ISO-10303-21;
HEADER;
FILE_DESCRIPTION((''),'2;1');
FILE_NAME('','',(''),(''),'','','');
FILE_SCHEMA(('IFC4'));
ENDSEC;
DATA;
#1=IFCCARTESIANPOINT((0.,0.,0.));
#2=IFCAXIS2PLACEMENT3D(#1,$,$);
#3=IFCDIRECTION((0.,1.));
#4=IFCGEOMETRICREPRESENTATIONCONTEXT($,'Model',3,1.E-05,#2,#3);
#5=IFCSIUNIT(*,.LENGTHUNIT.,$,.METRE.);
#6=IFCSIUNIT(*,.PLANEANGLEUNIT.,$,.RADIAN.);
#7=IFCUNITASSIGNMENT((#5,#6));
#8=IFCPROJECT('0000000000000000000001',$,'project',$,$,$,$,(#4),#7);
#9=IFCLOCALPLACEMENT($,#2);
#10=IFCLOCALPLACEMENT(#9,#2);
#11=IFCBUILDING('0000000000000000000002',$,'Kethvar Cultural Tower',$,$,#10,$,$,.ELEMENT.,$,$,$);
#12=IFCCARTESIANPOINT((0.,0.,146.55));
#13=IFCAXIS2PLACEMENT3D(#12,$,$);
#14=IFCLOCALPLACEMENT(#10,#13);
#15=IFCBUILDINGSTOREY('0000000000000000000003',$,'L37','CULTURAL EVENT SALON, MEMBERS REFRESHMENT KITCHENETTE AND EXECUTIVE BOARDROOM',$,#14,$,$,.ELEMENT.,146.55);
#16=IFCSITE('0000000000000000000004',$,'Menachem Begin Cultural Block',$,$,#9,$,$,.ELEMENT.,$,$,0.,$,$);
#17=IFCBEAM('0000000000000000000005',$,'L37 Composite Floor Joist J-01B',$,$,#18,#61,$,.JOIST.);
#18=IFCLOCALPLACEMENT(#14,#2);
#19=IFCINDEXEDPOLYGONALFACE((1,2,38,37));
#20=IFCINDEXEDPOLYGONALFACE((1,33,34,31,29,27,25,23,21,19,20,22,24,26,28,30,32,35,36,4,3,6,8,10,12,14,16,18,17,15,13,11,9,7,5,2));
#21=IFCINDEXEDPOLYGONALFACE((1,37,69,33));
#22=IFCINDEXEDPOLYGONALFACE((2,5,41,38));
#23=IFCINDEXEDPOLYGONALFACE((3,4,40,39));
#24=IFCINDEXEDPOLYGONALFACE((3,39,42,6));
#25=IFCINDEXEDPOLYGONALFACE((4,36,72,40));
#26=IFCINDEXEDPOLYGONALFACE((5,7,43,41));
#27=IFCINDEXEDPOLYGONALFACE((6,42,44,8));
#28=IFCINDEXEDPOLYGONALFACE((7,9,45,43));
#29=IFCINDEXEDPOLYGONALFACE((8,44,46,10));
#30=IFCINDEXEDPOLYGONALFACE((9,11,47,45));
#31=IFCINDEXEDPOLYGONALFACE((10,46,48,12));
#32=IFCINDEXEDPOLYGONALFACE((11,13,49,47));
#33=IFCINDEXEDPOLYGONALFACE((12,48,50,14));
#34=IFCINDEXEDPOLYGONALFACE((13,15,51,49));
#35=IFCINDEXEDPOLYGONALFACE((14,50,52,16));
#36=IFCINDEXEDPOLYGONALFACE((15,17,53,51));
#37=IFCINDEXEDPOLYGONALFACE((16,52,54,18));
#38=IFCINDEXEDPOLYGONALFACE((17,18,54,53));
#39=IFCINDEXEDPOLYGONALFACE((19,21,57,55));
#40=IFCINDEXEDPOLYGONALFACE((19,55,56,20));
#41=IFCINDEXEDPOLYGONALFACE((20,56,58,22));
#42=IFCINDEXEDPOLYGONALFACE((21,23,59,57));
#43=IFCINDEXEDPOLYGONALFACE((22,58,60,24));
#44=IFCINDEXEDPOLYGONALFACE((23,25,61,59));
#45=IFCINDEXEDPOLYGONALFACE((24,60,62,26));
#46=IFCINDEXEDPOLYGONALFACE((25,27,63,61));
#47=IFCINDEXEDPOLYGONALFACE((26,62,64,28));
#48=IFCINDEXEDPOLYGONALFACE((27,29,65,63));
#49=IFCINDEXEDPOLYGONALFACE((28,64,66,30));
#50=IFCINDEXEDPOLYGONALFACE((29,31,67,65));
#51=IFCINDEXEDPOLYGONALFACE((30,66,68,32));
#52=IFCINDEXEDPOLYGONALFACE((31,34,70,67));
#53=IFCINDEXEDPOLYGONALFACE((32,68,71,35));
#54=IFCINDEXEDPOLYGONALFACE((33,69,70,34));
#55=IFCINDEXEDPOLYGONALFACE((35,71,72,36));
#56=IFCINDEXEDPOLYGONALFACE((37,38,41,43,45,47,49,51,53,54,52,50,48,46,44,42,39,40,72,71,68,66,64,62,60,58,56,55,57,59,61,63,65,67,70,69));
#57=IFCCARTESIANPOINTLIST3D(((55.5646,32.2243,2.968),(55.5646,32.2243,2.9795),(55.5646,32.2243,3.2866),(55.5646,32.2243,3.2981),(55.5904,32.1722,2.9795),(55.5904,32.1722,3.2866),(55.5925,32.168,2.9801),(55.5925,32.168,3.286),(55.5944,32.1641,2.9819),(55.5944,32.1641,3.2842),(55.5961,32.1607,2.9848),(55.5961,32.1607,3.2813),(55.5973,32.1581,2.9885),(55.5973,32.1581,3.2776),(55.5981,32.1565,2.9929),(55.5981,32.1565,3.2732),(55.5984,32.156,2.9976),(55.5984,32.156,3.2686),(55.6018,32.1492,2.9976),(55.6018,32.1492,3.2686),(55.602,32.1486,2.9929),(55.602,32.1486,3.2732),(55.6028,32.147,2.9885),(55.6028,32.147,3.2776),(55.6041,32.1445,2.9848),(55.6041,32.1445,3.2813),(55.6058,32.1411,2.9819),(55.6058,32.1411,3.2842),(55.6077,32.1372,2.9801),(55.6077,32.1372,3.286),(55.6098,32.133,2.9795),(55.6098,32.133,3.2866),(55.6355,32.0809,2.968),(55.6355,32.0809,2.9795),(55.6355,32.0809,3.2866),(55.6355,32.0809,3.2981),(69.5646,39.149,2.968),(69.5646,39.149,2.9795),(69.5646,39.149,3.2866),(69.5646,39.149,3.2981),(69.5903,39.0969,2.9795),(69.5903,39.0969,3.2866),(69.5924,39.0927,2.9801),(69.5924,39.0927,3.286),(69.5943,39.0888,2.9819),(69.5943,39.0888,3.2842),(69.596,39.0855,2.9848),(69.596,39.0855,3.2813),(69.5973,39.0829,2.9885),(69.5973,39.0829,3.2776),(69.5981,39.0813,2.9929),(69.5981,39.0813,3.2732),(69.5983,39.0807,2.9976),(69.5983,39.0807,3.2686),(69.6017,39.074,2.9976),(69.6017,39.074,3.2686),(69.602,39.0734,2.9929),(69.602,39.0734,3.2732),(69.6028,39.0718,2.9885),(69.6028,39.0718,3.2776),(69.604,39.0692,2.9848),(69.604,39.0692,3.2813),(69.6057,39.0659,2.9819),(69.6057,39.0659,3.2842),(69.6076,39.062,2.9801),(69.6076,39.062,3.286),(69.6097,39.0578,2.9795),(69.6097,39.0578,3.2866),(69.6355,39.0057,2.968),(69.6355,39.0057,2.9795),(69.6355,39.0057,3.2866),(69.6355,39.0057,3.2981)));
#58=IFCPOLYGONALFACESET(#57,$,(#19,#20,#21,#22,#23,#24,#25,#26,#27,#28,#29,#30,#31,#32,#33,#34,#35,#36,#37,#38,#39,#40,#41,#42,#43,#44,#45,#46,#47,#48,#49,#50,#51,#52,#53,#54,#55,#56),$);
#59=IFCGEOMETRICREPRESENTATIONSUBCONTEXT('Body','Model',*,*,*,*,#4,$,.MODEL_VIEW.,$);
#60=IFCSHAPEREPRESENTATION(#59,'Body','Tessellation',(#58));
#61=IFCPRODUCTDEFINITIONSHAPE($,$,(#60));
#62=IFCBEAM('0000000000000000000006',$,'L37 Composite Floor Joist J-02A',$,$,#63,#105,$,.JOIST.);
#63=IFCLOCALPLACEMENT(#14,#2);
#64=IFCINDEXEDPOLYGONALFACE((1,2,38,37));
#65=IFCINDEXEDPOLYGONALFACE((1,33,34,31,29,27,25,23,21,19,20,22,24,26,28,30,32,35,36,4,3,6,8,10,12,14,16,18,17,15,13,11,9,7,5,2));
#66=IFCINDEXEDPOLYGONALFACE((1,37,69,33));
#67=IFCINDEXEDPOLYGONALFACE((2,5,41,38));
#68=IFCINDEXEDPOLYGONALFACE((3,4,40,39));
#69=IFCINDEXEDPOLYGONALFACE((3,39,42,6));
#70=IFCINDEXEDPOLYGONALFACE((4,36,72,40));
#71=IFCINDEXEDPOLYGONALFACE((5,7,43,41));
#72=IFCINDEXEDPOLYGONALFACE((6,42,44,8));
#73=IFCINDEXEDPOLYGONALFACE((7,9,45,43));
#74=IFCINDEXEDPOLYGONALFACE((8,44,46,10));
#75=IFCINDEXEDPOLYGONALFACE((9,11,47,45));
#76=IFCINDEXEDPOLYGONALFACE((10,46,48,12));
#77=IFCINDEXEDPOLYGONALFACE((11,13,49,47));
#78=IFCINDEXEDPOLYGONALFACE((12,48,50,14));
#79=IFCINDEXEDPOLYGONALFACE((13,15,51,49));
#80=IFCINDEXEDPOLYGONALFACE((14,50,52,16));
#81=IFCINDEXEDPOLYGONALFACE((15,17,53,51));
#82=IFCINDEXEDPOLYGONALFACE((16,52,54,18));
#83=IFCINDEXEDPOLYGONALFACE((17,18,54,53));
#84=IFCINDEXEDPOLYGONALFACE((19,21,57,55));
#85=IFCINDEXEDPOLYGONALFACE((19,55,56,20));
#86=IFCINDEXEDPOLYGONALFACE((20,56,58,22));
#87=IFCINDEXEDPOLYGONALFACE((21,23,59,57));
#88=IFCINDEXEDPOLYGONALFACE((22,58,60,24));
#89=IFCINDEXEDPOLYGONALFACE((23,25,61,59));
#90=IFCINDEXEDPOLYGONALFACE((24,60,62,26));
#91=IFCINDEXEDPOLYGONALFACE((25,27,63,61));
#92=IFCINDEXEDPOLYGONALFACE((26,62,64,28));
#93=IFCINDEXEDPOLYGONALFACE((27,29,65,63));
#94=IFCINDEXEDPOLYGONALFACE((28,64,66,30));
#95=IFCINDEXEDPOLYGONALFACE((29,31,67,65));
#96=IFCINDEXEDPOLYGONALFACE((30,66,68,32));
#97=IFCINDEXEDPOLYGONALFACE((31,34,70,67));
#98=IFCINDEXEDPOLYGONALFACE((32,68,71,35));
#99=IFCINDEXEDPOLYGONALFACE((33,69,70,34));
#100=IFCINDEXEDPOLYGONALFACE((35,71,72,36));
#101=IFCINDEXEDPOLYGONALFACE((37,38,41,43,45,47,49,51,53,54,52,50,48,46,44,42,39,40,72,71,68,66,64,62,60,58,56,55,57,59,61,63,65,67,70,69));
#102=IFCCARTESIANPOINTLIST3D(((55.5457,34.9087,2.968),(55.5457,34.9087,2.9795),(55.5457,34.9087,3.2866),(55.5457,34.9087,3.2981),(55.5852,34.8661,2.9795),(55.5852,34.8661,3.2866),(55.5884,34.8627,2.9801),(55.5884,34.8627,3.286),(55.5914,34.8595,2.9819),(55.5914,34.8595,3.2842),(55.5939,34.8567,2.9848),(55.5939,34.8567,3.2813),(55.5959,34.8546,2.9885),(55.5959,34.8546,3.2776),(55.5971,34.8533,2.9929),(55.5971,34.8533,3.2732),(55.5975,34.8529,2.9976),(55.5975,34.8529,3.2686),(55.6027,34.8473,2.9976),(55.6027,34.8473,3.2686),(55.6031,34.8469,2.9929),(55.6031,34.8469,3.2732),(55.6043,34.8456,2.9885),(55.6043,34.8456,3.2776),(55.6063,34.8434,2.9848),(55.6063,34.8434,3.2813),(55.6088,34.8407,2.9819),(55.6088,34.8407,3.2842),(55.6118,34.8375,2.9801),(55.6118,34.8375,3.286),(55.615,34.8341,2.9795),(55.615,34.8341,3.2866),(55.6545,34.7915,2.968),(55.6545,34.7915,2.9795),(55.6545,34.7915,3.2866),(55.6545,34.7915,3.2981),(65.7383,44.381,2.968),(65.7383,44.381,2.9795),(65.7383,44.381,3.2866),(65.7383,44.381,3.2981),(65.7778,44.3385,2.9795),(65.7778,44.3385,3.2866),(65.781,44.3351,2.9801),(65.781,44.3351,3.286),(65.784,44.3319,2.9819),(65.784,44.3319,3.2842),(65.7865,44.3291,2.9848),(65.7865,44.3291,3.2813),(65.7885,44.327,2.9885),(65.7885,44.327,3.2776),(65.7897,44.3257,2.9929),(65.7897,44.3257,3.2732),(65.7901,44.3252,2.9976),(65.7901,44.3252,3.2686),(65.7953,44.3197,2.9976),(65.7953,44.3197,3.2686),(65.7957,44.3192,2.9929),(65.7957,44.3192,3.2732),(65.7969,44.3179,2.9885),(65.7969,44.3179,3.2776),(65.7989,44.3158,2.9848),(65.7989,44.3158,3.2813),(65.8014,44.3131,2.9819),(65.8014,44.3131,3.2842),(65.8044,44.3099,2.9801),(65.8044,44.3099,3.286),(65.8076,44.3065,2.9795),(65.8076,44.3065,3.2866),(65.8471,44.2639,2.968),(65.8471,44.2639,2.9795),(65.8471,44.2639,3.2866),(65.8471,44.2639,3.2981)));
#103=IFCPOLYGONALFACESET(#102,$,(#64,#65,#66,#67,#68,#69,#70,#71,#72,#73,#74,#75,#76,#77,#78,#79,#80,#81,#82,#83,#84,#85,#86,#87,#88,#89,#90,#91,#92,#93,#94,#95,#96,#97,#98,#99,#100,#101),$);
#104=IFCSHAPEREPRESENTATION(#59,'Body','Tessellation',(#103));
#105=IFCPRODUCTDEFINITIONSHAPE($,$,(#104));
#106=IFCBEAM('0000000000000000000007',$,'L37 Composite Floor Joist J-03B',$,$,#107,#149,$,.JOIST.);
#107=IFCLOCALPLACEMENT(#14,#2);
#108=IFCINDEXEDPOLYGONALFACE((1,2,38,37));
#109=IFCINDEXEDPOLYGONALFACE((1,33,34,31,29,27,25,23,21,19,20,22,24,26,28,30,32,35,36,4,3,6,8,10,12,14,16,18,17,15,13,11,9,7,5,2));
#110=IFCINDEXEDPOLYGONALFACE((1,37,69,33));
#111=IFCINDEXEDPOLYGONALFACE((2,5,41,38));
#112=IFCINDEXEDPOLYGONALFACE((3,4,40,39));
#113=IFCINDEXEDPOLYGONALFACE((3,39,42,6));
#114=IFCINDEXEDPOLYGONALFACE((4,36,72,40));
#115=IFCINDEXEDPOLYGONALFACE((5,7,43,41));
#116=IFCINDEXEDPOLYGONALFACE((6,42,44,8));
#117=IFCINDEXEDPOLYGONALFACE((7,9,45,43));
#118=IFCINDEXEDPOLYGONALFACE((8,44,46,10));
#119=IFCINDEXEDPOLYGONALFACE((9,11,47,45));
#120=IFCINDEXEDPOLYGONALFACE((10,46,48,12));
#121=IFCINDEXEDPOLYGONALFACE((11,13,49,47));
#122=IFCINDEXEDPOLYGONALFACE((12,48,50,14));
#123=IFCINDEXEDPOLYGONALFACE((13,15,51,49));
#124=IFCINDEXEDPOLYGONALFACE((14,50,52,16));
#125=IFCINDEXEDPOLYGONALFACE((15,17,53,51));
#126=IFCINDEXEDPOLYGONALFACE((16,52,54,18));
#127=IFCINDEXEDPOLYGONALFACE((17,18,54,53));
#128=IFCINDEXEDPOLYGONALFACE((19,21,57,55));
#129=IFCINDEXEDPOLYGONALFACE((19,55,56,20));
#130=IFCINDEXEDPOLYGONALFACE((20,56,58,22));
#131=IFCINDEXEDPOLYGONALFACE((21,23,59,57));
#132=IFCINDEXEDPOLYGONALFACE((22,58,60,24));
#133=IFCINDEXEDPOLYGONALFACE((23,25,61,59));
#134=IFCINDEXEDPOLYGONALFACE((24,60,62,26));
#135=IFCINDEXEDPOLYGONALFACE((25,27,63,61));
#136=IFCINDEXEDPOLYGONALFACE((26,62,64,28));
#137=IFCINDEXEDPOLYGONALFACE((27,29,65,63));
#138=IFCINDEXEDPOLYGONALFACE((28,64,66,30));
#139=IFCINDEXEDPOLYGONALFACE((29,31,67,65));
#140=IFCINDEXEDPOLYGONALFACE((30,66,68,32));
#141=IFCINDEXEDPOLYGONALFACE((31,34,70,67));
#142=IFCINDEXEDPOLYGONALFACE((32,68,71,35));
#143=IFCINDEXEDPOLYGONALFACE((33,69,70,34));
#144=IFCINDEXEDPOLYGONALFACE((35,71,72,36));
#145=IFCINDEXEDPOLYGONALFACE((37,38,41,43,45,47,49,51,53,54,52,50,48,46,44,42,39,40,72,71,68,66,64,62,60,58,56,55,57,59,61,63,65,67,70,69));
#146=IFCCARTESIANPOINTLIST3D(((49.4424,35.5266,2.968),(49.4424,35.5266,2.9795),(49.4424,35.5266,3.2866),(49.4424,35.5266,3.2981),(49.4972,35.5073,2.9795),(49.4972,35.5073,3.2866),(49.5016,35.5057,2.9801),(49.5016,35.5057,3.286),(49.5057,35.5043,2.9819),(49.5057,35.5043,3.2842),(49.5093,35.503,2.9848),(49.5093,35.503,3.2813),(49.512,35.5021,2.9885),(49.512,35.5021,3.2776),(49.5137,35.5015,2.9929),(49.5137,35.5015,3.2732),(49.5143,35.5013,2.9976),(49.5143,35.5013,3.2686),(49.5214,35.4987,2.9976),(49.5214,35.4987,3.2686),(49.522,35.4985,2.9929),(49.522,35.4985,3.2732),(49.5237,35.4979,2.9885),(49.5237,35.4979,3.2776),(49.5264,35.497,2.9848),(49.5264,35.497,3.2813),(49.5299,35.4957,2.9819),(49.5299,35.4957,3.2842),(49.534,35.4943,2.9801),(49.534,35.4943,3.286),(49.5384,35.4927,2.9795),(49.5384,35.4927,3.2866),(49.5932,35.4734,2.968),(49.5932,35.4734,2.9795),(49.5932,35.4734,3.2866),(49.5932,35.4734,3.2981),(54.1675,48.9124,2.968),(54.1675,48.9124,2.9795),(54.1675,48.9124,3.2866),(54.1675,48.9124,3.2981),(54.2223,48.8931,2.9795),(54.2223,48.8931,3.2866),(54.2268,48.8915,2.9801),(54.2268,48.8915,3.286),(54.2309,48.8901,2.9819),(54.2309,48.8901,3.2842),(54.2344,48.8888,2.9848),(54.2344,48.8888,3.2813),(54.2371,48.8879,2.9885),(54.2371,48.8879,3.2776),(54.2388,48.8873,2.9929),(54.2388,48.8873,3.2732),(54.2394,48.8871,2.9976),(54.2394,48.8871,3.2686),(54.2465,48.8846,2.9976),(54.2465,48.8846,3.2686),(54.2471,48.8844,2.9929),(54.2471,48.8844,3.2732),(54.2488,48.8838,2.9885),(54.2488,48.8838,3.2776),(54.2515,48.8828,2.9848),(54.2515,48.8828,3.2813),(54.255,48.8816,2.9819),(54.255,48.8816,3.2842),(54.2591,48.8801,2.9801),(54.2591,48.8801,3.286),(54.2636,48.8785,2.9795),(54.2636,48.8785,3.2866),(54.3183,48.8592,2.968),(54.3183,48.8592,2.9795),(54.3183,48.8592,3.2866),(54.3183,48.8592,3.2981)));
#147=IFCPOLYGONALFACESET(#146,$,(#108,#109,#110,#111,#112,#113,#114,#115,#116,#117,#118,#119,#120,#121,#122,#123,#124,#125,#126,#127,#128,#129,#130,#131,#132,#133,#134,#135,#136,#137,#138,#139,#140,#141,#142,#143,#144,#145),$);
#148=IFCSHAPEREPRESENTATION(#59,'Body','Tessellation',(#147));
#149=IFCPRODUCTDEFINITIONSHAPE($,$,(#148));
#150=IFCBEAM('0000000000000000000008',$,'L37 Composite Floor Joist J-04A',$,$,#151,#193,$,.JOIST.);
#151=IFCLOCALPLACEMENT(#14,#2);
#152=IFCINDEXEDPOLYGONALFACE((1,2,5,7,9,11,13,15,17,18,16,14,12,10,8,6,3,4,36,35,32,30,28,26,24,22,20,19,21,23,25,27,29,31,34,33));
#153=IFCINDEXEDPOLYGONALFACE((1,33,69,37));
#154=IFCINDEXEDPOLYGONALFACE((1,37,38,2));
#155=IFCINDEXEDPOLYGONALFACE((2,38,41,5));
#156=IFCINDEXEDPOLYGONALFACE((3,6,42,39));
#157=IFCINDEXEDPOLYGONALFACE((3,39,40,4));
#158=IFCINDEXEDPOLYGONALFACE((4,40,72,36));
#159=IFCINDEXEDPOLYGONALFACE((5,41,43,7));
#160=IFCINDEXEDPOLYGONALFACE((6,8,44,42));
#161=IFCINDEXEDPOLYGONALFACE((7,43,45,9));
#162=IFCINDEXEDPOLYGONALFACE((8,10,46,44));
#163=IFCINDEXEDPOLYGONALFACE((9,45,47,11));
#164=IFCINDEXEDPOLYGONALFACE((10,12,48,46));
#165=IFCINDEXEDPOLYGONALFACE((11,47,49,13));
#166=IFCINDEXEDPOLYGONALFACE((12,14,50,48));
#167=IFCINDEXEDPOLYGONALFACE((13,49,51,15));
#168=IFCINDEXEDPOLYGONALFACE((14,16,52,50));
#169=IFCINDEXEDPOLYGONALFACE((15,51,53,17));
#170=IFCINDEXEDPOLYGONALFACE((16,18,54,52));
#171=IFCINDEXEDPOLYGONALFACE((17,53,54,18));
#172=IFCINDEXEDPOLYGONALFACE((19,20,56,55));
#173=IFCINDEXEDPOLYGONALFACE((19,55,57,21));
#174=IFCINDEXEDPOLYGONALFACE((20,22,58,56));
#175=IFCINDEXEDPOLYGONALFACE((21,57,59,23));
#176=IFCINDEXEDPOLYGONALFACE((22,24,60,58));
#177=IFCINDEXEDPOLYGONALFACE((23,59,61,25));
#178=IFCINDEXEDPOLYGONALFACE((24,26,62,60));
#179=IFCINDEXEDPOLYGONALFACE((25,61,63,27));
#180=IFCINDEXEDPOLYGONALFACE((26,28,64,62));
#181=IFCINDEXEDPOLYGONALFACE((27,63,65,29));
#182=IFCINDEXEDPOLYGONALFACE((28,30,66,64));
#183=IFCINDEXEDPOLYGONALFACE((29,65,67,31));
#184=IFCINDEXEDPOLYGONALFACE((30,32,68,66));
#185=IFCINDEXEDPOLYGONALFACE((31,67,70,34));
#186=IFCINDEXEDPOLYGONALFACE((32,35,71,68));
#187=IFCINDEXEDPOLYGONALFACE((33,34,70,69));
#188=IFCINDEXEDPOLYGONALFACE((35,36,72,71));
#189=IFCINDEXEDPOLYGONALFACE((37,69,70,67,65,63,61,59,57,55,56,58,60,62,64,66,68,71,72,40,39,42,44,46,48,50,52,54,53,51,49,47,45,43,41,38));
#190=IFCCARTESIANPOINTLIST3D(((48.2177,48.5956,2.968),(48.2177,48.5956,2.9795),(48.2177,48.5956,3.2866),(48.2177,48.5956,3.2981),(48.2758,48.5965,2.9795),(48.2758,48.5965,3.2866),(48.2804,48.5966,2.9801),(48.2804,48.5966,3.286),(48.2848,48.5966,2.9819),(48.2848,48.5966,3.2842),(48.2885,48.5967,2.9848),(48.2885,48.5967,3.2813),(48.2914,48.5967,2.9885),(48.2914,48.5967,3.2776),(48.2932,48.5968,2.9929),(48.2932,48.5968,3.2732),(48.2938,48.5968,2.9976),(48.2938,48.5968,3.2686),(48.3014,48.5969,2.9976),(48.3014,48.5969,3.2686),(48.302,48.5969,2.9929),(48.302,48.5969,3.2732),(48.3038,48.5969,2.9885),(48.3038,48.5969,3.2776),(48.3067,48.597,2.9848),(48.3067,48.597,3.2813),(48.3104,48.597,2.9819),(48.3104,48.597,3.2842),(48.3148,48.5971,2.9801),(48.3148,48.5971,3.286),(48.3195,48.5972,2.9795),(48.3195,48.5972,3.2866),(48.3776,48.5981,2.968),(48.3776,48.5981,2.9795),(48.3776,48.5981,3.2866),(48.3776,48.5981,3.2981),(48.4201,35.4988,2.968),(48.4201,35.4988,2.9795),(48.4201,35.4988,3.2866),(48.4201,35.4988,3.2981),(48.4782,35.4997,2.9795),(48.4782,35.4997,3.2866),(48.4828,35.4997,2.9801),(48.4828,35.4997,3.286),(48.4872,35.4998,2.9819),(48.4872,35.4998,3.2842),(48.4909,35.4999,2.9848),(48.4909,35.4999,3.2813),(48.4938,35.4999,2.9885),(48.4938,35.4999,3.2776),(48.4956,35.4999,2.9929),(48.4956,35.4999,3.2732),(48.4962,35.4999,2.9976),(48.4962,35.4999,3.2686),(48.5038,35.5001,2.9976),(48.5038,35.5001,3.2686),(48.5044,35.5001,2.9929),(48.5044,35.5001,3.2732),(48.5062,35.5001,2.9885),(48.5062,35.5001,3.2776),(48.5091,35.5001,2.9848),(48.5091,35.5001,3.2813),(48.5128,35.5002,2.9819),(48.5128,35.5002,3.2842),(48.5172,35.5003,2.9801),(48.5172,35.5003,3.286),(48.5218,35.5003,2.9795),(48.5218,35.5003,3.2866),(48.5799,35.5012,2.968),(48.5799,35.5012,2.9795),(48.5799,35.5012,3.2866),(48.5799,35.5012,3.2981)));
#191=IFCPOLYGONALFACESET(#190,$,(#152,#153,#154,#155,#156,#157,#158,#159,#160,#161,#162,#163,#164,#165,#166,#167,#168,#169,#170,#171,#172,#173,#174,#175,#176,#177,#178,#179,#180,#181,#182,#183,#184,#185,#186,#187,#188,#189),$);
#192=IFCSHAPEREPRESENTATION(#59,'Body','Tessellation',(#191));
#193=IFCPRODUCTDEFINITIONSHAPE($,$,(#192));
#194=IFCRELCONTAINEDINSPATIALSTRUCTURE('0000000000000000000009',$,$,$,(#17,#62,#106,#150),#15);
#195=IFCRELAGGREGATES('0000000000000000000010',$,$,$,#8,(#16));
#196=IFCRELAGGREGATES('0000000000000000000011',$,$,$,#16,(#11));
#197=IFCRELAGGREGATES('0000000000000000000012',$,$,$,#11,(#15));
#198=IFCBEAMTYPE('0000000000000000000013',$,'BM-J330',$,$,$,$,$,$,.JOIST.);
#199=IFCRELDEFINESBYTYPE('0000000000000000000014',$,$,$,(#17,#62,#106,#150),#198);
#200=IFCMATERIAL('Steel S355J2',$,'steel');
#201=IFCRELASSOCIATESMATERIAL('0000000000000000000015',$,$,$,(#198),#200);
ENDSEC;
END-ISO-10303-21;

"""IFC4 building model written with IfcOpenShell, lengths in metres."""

from ifc_helpers import new_model, si_unit, direction, frame, origin, origin_2d, place, context, subcontext, project, spatial, i_section, extrude, source, transform, mapped, material, material_profile, profile_set, type_object, element, save


model = new_model("IFC4")

# Units and contexts
model_context = context("Model", 3, precision=1e-05, world=origin(), true_north=direction((0.0, 1.0)))
body_context = subcontext(model_context, "Body", "Model", "MODEL_VIEW")
ifc_project = project(units=[si_unit("LENGTHUNIT", "METRE"), si_unit("PLANEANGLEUNIT", "RADIAN")], contexts=[model_context])

# Site, building, storey
site_placement = place(None, origin())
site = spatial("IfcSite", under=ifc_project, at=site_placement, Name="Menachem Begin Cultural Block", CompositionType="ELEMENT", RefElevation=0.0)
building_placement = place(site_placement, origin())
building = spatial("IfcBuilding", under=site, at=building_placement, Name="Kethvar Cultural Tower", CompositionType="ELEMENT")
storey_placement = place(building_placement, frame((0.0, 0.0, 146.55)))
storey = spatial("IfcBuildingStorey", under=building, at=storey_placement, Name="L37", Description="CULTURAL EVENT SALON, MEMBERS REFRESHMENT KITCHENETTE AND EXECUTIVE BOARDROOM", CompositionType="ELEMENT", Elevation=146.55)

# Beams
ifc_material_1 = material(Name="Steel S355J2", Category="steel")
ifc_material_profile_1 = material_profile(ifc_material_1, i_section(OverallWidth=0.1599, OverallDepth=0.3301, WebThickness=0.0076, FlangeThickness=0.0115, FilletRadius=0.0181, at=origin_2d()), Name="Steel S355J2 — IPE330")
ifc_profile_set_1 = profile_set([ifc_material_profile_1], Name="Steel S355J2 — IPE330")
beam_type_1 = type_object("IfcBeamType", Name="BM-J330", PredefinedType="JOIST", material=ifc_profile_set_1)
shared_shape_1 = source(origin(), body_context, "Body", "SweptSolid", [
    extrude(i_section(OverallWidth=0.1599, OverallDepth=0.3301, WebThickness=0.0076, FlangeThickness=0.0115, FilletRadius=0.0181, at=origin_2d()), origin(), (0.0, 0.0, 1.0), 15.6189),
])
beam_1_placement = place(storey_placement, frame((55.6001, 32.1526, 3.1331), z_axis=(0.896345, 0.443358, 0.0), x_axis=(-0.443358, 0.896345, 0.0)))
element("IfcBeam", 1, at=beam_1_placement, inside=storey, type_object=beam_type_1, Name="L37 Composite Floor Joist J-01B", PredefinedType="JOIST", context=body_context, shape_type="MappedRepresentation", body=[
    mapped(shared_shape_1, transform((0.0, 0.0, 0.0), scale=1.0)),
])
shared_shape_2 = source(origin(), body_context, "Body", "SweptSolid", [
    extrude(i_section(OverallWidth=0.1599, OverallDepth=0.3301, WebThickness=0.0076, FlangeThickness=0.0115, FilletRadius=0.0181, at=origin_2d()), origin(), (0.0, 0.0, 1.0), 13.9146),
])
beam_2_placement = place(storey_placement, frame((55.6001, 34.8501, 3.1331), z_axis=(0.732513, 0.680753, 0.0), x_axis=(-0.680753, 0.732513, 0.0)))
element("IfcBeam", 2, at=beam_2_placement, inside=storey, type_object=beam_type_1, Name="L37 Composite Floor Joist J-02A", PredefinedType="JOIST", context=body_context, shape_type="MappedRepresentation", body=[
    mapped(shared_shape_2, transform((0.0, 0.0, 0.0), scale=1.0)),
])
shared_shape_3 = source(origin(), body_context, "Body", "SweptSolid", [
    extrude(i_section(OverallWidth=0.1599, OverallDepth=0.3301, WebThickness=0.0076, FlangeThickness=0.0115, FilletRadius=0.0181, at=origin_2d()), origin(), (0.0, 0.0, 1.0), 14.1953),
])
beam_3_placement = place(storey_placement, frame((49.5178, 35.5, 3.1331), z_axis=(0.332865, 0.942974, 0.0), x_axis=(-0.942974, 0.332865, 0.0)))
element("IfcBeam", 3, at=beam_3_placement, inside=storey, type_object=beam_type_1, Name="L37 Composite Floor Joist J-03B", PredefinedType="JOIST", context=body_context, shape_type="MappedRepresentation", body=[
    mapped(shared_shape_3, transform((0.0, 0.0, 0.0), scale=1.0)),
])
shared_shape_4 = source(origin(), body_context, "Body", "SweptSolid", [
    extrude(i_section(OverallWidth=0.1599, OverallDepth=0.3301, WebThickness=0.0076, FlangeThickness=0.0115, FilletRadius=0.0181, at=origin_2d()), origin(), (0.0, 0.0, 1.0), 13.0984),
])
beam_4_placement = place(storey_placement, frame((48.5, 35.5, 3.1331), z_axis=(-0.015452, 0.999881, 0.0), x_axis=(-0.999881, -0.015452, 0.0)))
element("IfcBeam", 4, at=beam_4_placement, inside=storey, type_object=beam_type_1, Name="L37 Composite Floor Joist J-04A", PredefinedType="JOIST", context=body_context, shape_type="MappedRepresentation", body=[
    mapped(shared_shape_4, transform((0.0, 0.0, 0.0), scale=1.0)),
])

save(model, "model.ifc")
